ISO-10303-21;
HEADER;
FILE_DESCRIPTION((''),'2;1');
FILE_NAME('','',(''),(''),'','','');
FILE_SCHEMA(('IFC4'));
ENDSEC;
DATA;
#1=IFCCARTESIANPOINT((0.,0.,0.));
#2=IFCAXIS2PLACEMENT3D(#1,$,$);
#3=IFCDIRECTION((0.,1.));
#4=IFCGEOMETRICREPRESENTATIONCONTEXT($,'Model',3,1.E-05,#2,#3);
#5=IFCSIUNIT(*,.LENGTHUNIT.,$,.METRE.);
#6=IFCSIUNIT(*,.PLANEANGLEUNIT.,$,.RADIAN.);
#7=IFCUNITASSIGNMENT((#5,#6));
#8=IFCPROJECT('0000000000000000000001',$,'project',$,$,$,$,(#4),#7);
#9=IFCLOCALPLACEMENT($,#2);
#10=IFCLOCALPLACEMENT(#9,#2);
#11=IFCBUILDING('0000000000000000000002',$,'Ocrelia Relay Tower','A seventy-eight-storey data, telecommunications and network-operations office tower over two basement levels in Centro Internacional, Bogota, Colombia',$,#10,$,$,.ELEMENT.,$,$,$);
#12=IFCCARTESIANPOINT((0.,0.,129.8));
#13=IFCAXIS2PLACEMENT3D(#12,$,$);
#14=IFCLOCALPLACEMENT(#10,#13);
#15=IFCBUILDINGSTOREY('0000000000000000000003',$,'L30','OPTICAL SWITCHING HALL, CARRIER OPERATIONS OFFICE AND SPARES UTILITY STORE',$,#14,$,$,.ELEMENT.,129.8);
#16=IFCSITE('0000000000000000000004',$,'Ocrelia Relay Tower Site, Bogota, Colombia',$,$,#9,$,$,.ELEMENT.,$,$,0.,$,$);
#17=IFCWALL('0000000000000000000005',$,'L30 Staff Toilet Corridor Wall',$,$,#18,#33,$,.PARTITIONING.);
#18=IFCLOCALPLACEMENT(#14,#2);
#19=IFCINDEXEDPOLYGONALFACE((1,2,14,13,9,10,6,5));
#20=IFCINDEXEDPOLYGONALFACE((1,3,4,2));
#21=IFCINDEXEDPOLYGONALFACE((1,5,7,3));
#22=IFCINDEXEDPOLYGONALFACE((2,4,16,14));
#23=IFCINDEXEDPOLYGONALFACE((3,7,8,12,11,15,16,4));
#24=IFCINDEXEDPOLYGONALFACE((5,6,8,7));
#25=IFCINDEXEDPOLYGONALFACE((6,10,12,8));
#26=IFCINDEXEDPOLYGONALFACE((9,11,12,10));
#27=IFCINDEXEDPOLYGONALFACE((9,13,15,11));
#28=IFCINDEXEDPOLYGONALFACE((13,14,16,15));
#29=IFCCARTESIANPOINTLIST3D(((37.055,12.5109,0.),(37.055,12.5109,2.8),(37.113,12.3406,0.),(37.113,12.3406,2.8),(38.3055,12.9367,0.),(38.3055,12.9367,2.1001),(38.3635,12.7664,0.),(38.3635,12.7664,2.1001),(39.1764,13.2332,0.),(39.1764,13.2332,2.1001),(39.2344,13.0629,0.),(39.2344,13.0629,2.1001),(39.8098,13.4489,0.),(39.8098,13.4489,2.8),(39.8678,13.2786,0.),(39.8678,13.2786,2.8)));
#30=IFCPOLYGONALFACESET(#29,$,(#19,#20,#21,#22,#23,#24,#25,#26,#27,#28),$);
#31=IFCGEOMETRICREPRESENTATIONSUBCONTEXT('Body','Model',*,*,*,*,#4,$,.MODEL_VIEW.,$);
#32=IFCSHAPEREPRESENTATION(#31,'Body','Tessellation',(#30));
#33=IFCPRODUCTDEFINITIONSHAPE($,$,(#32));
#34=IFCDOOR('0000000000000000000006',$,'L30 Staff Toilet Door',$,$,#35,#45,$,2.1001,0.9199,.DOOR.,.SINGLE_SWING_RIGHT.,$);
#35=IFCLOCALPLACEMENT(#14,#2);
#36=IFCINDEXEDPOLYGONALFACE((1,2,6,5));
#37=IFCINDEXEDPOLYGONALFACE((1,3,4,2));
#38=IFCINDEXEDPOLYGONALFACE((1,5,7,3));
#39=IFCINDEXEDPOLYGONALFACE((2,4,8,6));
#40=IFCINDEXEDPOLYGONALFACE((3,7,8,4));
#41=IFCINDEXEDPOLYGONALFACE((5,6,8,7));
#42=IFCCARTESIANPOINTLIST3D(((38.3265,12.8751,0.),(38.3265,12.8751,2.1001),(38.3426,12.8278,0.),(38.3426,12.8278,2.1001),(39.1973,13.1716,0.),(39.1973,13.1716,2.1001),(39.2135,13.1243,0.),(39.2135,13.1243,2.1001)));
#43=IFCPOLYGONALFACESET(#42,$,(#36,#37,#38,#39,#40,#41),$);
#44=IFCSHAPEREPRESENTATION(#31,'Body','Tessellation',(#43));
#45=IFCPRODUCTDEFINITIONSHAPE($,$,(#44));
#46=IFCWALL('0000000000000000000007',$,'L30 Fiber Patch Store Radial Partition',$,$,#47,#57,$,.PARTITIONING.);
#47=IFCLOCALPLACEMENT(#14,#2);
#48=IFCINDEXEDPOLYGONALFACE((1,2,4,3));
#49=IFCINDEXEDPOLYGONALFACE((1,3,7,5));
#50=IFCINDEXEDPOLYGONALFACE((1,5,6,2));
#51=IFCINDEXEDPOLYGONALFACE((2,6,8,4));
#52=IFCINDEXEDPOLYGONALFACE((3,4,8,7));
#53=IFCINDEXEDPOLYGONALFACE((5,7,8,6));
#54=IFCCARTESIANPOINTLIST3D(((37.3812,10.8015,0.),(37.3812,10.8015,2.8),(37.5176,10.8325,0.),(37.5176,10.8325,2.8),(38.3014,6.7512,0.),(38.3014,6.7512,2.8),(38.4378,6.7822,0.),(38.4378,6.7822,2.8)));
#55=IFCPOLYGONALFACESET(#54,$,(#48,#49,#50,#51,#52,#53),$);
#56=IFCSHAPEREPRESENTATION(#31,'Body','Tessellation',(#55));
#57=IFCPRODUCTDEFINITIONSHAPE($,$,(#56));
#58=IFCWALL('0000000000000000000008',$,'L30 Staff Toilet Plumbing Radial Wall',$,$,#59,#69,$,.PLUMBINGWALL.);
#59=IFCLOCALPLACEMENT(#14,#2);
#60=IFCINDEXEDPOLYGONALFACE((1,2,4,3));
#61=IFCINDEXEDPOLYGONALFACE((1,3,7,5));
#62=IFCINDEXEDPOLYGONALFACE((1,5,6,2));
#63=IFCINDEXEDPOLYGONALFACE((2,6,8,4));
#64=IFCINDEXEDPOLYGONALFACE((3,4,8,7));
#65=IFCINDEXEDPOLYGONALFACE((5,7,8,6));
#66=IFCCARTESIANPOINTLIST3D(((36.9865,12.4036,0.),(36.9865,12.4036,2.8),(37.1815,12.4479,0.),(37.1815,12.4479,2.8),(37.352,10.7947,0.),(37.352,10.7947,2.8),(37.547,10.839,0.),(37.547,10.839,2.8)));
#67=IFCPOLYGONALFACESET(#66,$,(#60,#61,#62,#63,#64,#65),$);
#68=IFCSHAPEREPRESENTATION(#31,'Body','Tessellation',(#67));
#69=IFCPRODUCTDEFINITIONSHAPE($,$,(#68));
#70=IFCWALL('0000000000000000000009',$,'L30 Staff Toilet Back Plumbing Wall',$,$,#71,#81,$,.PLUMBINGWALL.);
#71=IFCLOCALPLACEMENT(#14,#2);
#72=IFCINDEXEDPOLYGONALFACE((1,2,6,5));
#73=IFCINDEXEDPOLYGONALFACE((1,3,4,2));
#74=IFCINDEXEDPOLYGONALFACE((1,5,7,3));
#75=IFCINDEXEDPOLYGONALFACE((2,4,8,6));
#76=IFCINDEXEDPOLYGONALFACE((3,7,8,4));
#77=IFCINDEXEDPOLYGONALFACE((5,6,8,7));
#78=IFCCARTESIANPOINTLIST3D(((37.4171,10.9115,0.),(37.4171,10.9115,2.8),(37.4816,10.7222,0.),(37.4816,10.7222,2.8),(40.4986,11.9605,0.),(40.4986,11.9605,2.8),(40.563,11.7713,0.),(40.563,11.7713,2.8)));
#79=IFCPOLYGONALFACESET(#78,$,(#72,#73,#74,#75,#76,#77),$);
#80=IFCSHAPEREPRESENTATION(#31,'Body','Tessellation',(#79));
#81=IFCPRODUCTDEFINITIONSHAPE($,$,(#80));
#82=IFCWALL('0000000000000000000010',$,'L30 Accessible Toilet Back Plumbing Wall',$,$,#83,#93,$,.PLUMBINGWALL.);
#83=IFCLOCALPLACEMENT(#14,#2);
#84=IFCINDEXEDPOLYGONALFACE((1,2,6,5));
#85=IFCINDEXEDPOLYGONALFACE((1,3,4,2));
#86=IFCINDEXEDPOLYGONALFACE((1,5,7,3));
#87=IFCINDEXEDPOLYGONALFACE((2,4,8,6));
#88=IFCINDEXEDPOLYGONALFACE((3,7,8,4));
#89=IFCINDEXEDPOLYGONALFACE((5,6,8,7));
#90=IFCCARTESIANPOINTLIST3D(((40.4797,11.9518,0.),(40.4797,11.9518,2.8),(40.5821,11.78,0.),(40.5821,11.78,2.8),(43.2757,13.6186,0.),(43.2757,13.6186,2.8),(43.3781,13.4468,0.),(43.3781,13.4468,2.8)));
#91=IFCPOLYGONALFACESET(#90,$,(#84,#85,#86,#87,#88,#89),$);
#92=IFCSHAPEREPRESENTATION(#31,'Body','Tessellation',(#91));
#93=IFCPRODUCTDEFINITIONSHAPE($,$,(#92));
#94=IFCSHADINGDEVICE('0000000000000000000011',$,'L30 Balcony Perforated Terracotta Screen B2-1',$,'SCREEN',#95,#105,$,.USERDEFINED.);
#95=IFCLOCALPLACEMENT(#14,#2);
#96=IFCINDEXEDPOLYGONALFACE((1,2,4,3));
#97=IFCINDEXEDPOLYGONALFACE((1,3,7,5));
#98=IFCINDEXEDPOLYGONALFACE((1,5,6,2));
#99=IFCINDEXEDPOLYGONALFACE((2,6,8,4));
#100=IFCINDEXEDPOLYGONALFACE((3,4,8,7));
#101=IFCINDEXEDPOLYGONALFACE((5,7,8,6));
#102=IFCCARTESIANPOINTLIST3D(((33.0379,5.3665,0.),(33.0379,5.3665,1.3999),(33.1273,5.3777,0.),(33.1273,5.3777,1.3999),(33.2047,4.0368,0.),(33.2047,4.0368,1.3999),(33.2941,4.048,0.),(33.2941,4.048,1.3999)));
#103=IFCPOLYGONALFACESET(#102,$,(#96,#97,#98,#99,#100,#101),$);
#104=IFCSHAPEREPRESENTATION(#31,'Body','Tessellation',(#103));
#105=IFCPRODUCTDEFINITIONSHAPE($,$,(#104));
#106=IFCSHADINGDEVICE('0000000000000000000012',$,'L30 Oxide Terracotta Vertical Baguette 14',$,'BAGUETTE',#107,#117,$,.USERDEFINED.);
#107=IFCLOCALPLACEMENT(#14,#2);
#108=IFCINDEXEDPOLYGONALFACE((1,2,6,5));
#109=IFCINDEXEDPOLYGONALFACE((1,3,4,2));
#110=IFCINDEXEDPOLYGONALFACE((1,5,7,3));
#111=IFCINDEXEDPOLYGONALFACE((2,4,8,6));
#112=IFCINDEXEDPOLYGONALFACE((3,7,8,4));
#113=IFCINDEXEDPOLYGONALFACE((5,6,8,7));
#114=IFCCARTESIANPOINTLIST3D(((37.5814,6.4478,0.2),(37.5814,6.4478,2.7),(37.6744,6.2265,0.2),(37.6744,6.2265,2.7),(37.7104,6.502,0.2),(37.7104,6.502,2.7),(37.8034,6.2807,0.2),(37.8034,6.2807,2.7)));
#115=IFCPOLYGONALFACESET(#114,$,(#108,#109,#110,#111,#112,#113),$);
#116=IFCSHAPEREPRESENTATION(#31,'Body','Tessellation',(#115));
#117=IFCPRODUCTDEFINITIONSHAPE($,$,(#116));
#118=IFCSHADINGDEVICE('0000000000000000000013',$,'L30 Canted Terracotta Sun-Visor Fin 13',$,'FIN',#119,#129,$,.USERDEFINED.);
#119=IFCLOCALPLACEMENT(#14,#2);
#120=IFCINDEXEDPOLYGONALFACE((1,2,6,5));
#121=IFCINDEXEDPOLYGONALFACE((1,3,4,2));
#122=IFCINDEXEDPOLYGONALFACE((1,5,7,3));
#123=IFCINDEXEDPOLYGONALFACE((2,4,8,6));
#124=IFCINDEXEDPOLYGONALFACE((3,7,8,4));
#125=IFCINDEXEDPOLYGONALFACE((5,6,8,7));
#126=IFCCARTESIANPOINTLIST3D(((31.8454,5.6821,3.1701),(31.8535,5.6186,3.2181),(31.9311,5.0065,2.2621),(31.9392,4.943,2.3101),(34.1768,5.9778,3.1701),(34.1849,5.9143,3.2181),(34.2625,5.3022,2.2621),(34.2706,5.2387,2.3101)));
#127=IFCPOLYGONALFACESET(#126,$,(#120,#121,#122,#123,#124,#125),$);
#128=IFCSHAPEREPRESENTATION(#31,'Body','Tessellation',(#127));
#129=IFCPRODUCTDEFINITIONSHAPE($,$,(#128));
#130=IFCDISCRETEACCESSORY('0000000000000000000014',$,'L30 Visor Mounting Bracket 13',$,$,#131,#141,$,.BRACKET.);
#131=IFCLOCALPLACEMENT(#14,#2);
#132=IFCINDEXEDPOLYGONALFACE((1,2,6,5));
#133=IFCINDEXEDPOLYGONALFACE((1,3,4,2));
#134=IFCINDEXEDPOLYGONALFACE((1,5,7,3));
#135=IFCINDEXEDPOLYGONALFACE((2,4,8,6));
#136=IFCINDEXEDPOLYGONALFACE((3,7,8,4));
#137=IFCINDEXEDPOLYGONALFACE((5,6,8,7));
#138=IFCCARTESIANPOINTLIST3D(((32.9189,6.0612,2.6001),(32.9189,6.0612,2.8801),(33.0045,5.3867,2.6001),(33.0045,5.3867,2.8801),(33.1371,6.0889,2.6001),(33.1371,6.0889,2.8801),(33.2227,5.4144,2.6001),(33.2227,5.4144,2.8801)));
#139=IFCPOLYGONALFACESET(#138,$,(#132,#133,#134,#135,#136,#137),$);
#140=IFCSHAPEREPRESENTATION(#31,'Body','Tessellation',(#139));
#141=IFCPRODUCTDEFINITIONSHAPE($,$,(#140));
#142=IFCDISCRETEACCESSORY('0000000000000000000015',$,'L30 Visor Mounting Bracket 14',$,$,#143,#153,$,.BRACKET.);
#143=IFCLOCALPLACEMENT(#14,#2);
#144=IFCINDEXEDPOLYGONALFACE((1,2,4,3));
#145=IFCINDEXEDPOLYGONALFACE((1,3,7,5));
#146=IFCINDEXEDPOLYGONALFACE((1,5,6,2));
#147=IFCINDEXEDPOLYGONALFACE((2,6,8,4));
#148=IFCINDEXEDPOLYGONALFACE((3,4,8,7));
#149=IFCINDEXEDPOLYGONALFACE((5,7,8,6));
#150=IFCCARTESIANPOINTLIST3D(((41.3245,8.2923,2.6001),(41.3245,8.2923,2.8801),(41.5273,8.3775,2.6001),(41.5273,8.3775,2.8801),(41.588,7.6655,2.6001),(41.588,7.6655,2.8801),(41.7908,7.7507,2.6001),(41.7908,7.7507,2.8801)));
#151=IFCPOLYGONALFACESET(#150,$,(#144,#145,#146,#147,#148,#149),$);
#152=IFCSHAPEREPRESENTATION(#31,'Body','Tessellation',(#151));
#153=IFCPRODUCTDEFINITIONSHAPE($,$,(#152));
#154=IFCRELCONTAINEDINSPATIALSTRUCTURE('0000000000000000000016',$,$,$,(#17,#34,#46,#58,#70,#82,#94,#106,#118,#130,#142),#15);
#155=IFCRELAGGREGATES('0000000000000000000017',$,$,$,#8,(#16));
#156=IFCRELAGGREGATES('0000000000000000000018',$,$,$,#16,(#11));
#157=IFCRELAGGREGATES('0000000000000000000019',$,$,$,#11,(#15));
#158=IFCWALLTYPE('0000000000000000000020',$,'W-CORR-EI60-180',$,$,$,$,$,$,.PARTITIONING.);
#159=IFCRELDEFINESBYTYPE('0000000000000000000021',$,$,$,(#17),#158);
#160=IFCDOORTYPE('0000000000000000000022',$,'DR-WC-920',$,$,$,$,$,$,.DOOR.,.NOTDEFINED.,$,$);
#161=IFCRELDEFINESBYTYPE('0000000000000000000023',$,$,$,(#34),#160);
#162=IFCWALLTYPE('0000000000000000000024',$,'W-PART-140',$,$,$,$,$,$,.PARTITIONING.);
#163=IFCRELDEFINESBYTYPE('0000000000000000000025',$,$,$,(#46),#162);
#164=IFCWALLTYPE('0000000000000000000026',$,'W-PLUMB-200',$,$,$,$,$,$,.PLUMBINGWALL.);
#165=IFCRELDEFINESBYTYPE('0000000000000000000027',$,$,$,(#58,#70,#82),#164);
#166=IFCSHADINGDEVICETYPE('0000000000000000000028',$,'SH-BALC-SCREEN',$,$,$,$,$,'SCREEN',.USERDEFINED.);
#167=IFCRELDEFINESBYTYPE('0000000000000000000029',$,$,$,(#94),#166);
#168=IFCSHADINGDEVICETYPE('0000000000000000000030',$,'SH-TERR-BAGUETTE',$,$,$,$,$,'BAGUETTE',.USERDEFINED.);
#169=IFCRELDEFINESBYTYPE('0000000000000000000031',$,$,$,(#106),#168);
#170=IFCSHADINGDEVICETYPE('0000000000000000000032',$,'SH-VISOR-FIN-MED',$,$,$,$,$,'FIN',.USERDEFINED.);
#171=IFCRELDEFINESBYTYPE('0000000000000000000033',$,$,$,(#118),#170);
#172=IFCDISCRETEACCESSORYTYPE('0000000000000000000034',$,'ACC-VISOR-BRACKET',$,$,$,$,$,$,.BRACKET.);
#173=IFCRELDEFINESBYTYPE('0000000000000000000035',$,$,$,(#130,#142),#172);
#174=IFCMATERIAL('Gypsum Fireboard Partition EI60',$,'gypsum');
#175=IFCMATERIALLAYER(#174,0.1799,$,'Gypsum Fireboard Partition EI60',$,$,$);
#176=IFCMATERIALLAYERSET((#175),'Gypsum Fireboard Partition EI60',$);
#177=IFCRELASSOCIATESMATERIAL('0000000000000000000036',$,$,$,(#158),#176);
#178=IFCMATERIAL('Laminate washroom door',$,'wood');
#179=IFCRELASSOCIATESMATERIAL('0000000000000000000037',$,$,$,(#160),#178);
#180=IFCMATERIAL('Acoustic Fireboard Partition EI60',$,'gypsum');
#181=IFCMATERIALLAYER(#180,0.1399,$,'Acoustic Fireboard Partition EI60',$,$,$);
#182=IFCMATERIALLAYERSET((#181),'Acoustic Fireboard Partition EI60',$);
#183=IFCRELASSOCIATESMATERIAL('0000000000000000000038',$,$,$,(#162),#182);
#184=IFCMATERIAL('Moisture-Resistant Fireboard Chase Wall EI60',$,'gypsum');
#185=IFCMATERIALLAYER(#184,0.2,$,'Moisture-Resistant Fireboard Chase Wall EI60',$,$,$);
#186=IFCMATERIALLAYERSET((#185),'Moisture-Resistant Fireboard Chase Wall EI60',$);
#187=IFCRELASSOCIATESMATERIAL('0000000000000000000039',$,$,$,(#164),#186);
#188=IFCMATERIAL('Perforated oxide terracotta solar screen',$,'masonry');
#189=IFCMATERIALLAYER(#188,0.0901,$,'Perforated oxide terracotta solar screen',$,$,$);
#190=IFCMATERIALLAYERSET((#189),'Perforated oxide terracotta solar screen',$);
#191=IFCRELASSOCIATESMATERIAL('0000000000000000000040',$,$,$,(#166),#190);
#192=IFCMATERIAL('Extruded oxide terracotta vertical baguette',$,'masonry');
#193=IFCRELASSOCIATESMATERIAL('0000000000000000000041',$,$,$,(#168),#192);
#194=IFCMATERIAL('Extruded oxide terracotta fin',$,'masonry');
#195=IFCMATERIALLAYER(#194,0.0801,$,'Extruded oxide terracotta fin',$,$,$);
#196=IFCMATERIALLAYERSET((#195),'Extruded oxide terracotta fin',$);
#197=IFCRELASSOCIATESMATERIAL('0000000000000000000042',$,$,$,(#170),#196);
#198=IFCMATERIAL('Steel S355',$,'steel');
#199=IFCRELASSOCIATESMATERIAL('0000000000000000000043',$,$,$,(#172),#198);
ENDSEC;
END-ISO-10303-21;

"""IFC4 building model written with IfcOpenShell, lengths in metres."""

from ifc_helpers import new_model, si_unit, direction, frame, frame_2d, origin, origin_2d, place, context, subcontext, project, spatial, rectangle, extrude, material, layer, layer_set, type_object, element, fill, save


model = new_model("IFC4")

# Units and contexts
model_context = context("Model", 3, precision=1e-05, world=origin(), true_north=direction((0.0, 1.0)))
body_context = subcontext(model_context, "Body", "Model", "MODEL_VIEW")
ifc_project = project(units=[si_unit("LENGTHUNIT", "METRE"), si_unit("PLANEANGLEUNIT", "RADIAN")], contexts=[model_context])

# Site, building, storey
site_placement = place(None, origin())
site = spatial("IfcSite", under=ifc_project, at=site_placement, Name="Ocrelia Relay Tower Site, Bogota, Colombia", CompositionType="ELEMENT", RefElevation=0.0)
building_placement = place(site_placement, origin())
building = spatial("IfcBuilding", under=site, at=building_placement, Name="Ocrelia Relay Tower", Description="A seventy-eight-storey data, telecommunications and network-operations office tower over two basement levels in Centro Internacional, Bogota, Colombia", CompositionType="ELEMENT")
storey_placement = place(building_placement, frame((0.0, 0.0, 129.8)))
storey = spatial("IfcBuildingStorey", under=building, at=storey_placement, Name="L30", Description="OPTICAL SWITCHING HALL, CARRIER OPERATIONS OFFICE AND SPARES UTILITY STORE", CompositionType="ELEMENT", Elevation=129.8)

# Shared definitions
ifc_material_1 = material(Name="Steel S355", Category="steel")

# Wall, opening, door
ifc_material_2 = material(Name="Gypsum Fireboard Partition EI60", Category="gypsum")
ifc_layer_1 = layer(ifc_material_2, 0.1799, Name="Gypsum Fireboard Partition EI60")
ifc_layer_set_1 = layer_set([ifc_layer_1], Name="Gypsum Fireboard Partition EI60")
wall_type_1 = type_object("IfcWallType", Name="W-CORR-EI60-180", PredefinedType="PARTITIONING", material=ifc_layer_set_1)
wall_1_placement = place(storey_placement, frame((37.084, 12.4258, 0.0), z_axis=(0.0, 0.0, 1.0), x_axis=(0.946634, 0.322312, 0.0)))
wall_1 = element("IfcWall", 1, at=wall_1_placement, inside=storey, type_object=wall_type_1, Name="L30 Staff Toilet Corridor Wall", PredefinedType="PARTITIONING", context=body_context, shape_type="SweptSolid", body=[
    extrude(rectangle(XDim=2.9102, YDim=0.1799, at=frame_2d((1.4551, 0.0))), origin(), (0.0, 0.0, 1.0), 2.8),
])
opening_1_placement = place(wall_1_placement, frame((1.321, 0.0, 0.0)))
opening_1 = element("IfcOpeningElement", 2, at=opening_1_placement, cuts=wall_1, PredefinedType="OPENING", context=body_context, shape_type="SweptSolid", body=[
    extrude(rectangle(XDim=0.9199, YDim=2.1001, at=frame_2d((0.46, 1.05))), frame((0.0, 0.1001, 0.0), z_axis=(0.0, -1.0, 0.0), x_axis=(1.0, 0.0, 0.0)), (0.0, 0.0, 1.0), 0.2),
])
ifc_material_3 = material(Name="Laminate washroom door", Category="wood")
door_type_1 = type_object("IfcDoorType", Name="DR-WC-920", OperationType="NOTDEFINED", PredefinedType="DOOR", material=ifc_material_3)
door_1_placement = place(opening_1_placement, origin())
door_1 = element("IfcDoor", 3, at=door_1_placement, inside=storey, type_object=door_type_1, Name="L30 Staff Toilet Door", OperationType="SINGLE_SWING_RIGHT", OverallHeight=2.1001, OverallWidth=0.9199, PredefinedType="DOOR", context=body_context, shape_type="SweptSolid", body=[
    extrude(rectangle(XDim=0.9199, YDim=2.1001, at=frame_2d((0.46, 1.05))), frame((0.0, 0.0249, 0.0), z_axis=(0.0, -1.0, 0.0), x_axis=(1.0, 0.0, 0.0)), (0.0, 0.0, 1.0), 0.05),
])
fill(opening_1, door_1)

# Walls
ifc_material_4 = material(Name="Acoustic Fireboard Partition EI60", Category="gypsum")
ifc_layer_2 = layer(ifc_material_4, 0.1399, Name="Acoustic Fireboard Partition EI60")
ifc_layer_set_2 = layer_set([ifc_layer_2], Name="Acoustic Fireboard Partition EI60")
wall_type_2 = type_object("IfcWallType", Name="W-PART-140", PredefinedType="PARTITIONING", material=ifc_layer_set_2)
wall_2_placement = place(storey_placement, frame((37.4495, 10.8169, 0.0), z_axis=(0.0, 0.0, 1.0), x_axis=(0.22154, -0.975151, 0.0)))
element("IfcWall", 4, at=wall_2_placement, inside=storey, type_object=wall_type_2, Name="L30 Fiber Patch Store Radial Partition", PredefinedType="PARTITIONING", context=body_context, shape_type="SweptSolid", body=[
    extrude(rectangle(XDim=4.1536, YDim=0.1399, at=frame_2d((2.0767, 0.0))), origin(), (0.0, 0.0, 1.0), 2.8),
])
ifc_material_5 = material(Name="Moisture-Resistant Fireboard Chase Wall EI60", Category="gypsum")
ifc_layer_3 = layer(ifc_material_5, 0.2, Name="Moisture-Resistant Fireboard Chase Wall EI60")
ifc_layer_set_3 = layer_set([ifc_layer_3], Name="Moisture-Resistant Fireboard Chase Wall EI60")
wall_type_3 = type_object("IfcWallType", Name="W-PLUMB-200", PredefinedType="PLUMBINGWALL", material=ifc_layer_set_3)
wall_3_placement = place(storey_placement, frame((37.084, 12.4258, 0.0), z_axis=(0.0, 0.0, 1.0), x_axis=(0.221519, -0.975156, 0.0)))
element("IfcWall", 5, at=wall_3_placement, inside=storey, type_object=wall_type_3, Name="L30 Staff Toilet Plumbing Radial Wall", PredefinedType="PLUMBINGWALL", context=body_context, shape_type="SweptSolid", body=[
    extrude(rectangle(XDim=1.6499, YDim=0.2, at=frame_2d((0.825, 0.0))), origin(), (0.0, 0.0, 1.0), 2.8),
])
for number, where, z_axis, x_axis, name in (
    (6, (37.4495, 10.8169, 0.0), (0.0, 0.0, 1.0), (0.946646, 0.322274, 0.0), "L30 Staff Toilet Back Plumbing Wall"),
    (7, (40.531, 11.866, 0.0), (0.0, 0.0, 1.0), (0.858952, 0.512056, 0.0), "L30 Accessible Toilet Back Plumbing Wall"),
):
    element("IfcWall", number, at=place(storey_placement, frame(where, z_axis=z_axis, x_axis=x_axis)), inside=storey, type_object=wall_type_3, Name=name, PredefinedType="PLUMBINGWALL", context=body_context, shape_type="SweptSolid", body=[
        extrude(rectangle(XDim=3.2551, YDim=0.2, at=frame_2d((1.6274, 0.0))), origin(), (0.0, 0.0, 1.0), 2.8),
    ])

# Shading devices
ifc_material_6 = material(Name="Perforated oxide terracotta solar screen", Category="masonry")
ifc_layer_4 = layer(ifc_material_6, 0.0901, Name="Perforated oxide terracotta solar screen")
ifc_layer_set_4 = layer_set([ifc_layer_4], Name="Perforated oxide terracotta solar screen")
shading_device_type_1 = type_object("IfcShadingDeviceType", Name="SH-BALC-SCREEN", ElementType="SCREEN", PredefinedType="USERDEFINED", material=ifc_layer_set_4)
shading_device_1_placement = place(storey_placement, frame((33.166, 4.7073, 0.0), z_axis=(0.0, 0.0, 1.0), x_axis=(0.124432, -0.992228, 0.0)))
element("IfcShadingDevice", 8, at=shading_device_1_placement, inside=storey, type_object=shading_device_type_1, Name="L30 Balcony Perforated Terracotta Screen B2-1", ObjectType="SCREEN", PredefinedType="USERDEFINED", context=body_context, shape_type="SweptSolid", body=[
    extrude(rectangle(XDim=1.3401, YDim=0.0901, at=origin_2d()), origin(), (0.0, 0.0, 1.0), 1.3999),
])
ifc_material_7 = material(Name="Extruded oxide terracotta vertical baguette", Category="masonry")
shading_device_type_2 = type_object("IfcShadingDeviceType", Name="SH-TERR-BAGUETTE", ElementType="BAGUETTE", PredefinedType="USERDEFINED", material=ifc_material_7)
shading_device_2_placement = place(storey_placement, frame((37.6924, 6.3643, 0.2), z_axis=(0.0, 0.0, 1.0), x_axis=(0.921864, 0.387513, 0.0)))
element("IfcShadingDevice", 9, at=shading_device_2_placement, inside=storey, type_object=shading_device_type_2, Name="L30 Oxide Terracotta Vertical Baguette 14", ObjectType="BAGUETTE", PredefinedType="USERDEFINED", context=body_context, shape_type="SweptSolid", body=[
    extrude(rectangle(XDim=0.1399, YDim=0.24, at=origin_2d()), origin(), (0.0, 0.0, 1.0), 2.5),
])
ifc_material_8 = material(Name="Extruded oxide terracotta fin", Category="masonry")
ifc_layer_5 = layer(ifc_material_8, 0.0801, Name="Extruded oxide terracotta fin")
ifc_layer_set_5 = layer_set([ifc_layer_5], Name="Extruded oxide terracotta fin")
shading_device_type_3 = type_object("IfcShadingDeviceType", Name="SH-VISOR-FIN-MED", ElementType="FIN", PredefinedType="USERDEFINED", material=ifc_layer_set_5)
shading_device_3_placement = place(storey_placement, frame((33.054, 5.4922, 2.7161), z_axis=(0.100662, -0.793641, 0.600001), x_axis=(0.992052, 0.125828, 0.0)))
element("IfcShadingDevice", 10, at=shading_device_3_placement, inside=storey, type_object=shading_device_type_3, Name="L30 Canted Terracotta Sun-Visor Fin 13", ObjectType="FIN", PredefinedType="USERDEFINED", context=body_context, shape_type="SweptSolid", body=[
    extrude(rectangle(XDim=2.3501, YDim=1.135, at=origin_2d()), origin(), (0.0, 0.0, 1.0), 0.0801),
])

# Discrete accessories
discrete_accessory_type = type_object("IfcDiscreteAccessoryType", Name="ACC-VISOR-BRACKET", PredefinedType="BRACKET", material=ifc_material_1)
for number, where, z_axis, x_axis, name in (
    (11, (33.0708, 5.7378, 2.6001), (0.0, 0.0, 1.0), (0.992052, 0.125828, 0.0), "L30 Visor Mounting Bracket 13"),
    (12, (41.5576, 8.0215, 2.6001), (0.0, 0.0, 1.0), (0.921864, 0.387513, 0.0), "L30 Visor Mounting Bracket 14"),
):
    element("IfcDiscreteAccessory", number, at=place(storey_placement, frame(where, z_axis=z_axis, x_axis=x_axis)), inside=storey, type_object=discrete_accessory_type, Name=name, PredefinedType="BRACKET", context=body_context, shape_type="SweptSolid", body=[
        extrude(rectangle(XDim=0.22, YDim=0.6799, at=origin_2d()), origin(), (0.0, 0.0, 1.0), 0.28),
    ])

save(model, "model.ifc")
